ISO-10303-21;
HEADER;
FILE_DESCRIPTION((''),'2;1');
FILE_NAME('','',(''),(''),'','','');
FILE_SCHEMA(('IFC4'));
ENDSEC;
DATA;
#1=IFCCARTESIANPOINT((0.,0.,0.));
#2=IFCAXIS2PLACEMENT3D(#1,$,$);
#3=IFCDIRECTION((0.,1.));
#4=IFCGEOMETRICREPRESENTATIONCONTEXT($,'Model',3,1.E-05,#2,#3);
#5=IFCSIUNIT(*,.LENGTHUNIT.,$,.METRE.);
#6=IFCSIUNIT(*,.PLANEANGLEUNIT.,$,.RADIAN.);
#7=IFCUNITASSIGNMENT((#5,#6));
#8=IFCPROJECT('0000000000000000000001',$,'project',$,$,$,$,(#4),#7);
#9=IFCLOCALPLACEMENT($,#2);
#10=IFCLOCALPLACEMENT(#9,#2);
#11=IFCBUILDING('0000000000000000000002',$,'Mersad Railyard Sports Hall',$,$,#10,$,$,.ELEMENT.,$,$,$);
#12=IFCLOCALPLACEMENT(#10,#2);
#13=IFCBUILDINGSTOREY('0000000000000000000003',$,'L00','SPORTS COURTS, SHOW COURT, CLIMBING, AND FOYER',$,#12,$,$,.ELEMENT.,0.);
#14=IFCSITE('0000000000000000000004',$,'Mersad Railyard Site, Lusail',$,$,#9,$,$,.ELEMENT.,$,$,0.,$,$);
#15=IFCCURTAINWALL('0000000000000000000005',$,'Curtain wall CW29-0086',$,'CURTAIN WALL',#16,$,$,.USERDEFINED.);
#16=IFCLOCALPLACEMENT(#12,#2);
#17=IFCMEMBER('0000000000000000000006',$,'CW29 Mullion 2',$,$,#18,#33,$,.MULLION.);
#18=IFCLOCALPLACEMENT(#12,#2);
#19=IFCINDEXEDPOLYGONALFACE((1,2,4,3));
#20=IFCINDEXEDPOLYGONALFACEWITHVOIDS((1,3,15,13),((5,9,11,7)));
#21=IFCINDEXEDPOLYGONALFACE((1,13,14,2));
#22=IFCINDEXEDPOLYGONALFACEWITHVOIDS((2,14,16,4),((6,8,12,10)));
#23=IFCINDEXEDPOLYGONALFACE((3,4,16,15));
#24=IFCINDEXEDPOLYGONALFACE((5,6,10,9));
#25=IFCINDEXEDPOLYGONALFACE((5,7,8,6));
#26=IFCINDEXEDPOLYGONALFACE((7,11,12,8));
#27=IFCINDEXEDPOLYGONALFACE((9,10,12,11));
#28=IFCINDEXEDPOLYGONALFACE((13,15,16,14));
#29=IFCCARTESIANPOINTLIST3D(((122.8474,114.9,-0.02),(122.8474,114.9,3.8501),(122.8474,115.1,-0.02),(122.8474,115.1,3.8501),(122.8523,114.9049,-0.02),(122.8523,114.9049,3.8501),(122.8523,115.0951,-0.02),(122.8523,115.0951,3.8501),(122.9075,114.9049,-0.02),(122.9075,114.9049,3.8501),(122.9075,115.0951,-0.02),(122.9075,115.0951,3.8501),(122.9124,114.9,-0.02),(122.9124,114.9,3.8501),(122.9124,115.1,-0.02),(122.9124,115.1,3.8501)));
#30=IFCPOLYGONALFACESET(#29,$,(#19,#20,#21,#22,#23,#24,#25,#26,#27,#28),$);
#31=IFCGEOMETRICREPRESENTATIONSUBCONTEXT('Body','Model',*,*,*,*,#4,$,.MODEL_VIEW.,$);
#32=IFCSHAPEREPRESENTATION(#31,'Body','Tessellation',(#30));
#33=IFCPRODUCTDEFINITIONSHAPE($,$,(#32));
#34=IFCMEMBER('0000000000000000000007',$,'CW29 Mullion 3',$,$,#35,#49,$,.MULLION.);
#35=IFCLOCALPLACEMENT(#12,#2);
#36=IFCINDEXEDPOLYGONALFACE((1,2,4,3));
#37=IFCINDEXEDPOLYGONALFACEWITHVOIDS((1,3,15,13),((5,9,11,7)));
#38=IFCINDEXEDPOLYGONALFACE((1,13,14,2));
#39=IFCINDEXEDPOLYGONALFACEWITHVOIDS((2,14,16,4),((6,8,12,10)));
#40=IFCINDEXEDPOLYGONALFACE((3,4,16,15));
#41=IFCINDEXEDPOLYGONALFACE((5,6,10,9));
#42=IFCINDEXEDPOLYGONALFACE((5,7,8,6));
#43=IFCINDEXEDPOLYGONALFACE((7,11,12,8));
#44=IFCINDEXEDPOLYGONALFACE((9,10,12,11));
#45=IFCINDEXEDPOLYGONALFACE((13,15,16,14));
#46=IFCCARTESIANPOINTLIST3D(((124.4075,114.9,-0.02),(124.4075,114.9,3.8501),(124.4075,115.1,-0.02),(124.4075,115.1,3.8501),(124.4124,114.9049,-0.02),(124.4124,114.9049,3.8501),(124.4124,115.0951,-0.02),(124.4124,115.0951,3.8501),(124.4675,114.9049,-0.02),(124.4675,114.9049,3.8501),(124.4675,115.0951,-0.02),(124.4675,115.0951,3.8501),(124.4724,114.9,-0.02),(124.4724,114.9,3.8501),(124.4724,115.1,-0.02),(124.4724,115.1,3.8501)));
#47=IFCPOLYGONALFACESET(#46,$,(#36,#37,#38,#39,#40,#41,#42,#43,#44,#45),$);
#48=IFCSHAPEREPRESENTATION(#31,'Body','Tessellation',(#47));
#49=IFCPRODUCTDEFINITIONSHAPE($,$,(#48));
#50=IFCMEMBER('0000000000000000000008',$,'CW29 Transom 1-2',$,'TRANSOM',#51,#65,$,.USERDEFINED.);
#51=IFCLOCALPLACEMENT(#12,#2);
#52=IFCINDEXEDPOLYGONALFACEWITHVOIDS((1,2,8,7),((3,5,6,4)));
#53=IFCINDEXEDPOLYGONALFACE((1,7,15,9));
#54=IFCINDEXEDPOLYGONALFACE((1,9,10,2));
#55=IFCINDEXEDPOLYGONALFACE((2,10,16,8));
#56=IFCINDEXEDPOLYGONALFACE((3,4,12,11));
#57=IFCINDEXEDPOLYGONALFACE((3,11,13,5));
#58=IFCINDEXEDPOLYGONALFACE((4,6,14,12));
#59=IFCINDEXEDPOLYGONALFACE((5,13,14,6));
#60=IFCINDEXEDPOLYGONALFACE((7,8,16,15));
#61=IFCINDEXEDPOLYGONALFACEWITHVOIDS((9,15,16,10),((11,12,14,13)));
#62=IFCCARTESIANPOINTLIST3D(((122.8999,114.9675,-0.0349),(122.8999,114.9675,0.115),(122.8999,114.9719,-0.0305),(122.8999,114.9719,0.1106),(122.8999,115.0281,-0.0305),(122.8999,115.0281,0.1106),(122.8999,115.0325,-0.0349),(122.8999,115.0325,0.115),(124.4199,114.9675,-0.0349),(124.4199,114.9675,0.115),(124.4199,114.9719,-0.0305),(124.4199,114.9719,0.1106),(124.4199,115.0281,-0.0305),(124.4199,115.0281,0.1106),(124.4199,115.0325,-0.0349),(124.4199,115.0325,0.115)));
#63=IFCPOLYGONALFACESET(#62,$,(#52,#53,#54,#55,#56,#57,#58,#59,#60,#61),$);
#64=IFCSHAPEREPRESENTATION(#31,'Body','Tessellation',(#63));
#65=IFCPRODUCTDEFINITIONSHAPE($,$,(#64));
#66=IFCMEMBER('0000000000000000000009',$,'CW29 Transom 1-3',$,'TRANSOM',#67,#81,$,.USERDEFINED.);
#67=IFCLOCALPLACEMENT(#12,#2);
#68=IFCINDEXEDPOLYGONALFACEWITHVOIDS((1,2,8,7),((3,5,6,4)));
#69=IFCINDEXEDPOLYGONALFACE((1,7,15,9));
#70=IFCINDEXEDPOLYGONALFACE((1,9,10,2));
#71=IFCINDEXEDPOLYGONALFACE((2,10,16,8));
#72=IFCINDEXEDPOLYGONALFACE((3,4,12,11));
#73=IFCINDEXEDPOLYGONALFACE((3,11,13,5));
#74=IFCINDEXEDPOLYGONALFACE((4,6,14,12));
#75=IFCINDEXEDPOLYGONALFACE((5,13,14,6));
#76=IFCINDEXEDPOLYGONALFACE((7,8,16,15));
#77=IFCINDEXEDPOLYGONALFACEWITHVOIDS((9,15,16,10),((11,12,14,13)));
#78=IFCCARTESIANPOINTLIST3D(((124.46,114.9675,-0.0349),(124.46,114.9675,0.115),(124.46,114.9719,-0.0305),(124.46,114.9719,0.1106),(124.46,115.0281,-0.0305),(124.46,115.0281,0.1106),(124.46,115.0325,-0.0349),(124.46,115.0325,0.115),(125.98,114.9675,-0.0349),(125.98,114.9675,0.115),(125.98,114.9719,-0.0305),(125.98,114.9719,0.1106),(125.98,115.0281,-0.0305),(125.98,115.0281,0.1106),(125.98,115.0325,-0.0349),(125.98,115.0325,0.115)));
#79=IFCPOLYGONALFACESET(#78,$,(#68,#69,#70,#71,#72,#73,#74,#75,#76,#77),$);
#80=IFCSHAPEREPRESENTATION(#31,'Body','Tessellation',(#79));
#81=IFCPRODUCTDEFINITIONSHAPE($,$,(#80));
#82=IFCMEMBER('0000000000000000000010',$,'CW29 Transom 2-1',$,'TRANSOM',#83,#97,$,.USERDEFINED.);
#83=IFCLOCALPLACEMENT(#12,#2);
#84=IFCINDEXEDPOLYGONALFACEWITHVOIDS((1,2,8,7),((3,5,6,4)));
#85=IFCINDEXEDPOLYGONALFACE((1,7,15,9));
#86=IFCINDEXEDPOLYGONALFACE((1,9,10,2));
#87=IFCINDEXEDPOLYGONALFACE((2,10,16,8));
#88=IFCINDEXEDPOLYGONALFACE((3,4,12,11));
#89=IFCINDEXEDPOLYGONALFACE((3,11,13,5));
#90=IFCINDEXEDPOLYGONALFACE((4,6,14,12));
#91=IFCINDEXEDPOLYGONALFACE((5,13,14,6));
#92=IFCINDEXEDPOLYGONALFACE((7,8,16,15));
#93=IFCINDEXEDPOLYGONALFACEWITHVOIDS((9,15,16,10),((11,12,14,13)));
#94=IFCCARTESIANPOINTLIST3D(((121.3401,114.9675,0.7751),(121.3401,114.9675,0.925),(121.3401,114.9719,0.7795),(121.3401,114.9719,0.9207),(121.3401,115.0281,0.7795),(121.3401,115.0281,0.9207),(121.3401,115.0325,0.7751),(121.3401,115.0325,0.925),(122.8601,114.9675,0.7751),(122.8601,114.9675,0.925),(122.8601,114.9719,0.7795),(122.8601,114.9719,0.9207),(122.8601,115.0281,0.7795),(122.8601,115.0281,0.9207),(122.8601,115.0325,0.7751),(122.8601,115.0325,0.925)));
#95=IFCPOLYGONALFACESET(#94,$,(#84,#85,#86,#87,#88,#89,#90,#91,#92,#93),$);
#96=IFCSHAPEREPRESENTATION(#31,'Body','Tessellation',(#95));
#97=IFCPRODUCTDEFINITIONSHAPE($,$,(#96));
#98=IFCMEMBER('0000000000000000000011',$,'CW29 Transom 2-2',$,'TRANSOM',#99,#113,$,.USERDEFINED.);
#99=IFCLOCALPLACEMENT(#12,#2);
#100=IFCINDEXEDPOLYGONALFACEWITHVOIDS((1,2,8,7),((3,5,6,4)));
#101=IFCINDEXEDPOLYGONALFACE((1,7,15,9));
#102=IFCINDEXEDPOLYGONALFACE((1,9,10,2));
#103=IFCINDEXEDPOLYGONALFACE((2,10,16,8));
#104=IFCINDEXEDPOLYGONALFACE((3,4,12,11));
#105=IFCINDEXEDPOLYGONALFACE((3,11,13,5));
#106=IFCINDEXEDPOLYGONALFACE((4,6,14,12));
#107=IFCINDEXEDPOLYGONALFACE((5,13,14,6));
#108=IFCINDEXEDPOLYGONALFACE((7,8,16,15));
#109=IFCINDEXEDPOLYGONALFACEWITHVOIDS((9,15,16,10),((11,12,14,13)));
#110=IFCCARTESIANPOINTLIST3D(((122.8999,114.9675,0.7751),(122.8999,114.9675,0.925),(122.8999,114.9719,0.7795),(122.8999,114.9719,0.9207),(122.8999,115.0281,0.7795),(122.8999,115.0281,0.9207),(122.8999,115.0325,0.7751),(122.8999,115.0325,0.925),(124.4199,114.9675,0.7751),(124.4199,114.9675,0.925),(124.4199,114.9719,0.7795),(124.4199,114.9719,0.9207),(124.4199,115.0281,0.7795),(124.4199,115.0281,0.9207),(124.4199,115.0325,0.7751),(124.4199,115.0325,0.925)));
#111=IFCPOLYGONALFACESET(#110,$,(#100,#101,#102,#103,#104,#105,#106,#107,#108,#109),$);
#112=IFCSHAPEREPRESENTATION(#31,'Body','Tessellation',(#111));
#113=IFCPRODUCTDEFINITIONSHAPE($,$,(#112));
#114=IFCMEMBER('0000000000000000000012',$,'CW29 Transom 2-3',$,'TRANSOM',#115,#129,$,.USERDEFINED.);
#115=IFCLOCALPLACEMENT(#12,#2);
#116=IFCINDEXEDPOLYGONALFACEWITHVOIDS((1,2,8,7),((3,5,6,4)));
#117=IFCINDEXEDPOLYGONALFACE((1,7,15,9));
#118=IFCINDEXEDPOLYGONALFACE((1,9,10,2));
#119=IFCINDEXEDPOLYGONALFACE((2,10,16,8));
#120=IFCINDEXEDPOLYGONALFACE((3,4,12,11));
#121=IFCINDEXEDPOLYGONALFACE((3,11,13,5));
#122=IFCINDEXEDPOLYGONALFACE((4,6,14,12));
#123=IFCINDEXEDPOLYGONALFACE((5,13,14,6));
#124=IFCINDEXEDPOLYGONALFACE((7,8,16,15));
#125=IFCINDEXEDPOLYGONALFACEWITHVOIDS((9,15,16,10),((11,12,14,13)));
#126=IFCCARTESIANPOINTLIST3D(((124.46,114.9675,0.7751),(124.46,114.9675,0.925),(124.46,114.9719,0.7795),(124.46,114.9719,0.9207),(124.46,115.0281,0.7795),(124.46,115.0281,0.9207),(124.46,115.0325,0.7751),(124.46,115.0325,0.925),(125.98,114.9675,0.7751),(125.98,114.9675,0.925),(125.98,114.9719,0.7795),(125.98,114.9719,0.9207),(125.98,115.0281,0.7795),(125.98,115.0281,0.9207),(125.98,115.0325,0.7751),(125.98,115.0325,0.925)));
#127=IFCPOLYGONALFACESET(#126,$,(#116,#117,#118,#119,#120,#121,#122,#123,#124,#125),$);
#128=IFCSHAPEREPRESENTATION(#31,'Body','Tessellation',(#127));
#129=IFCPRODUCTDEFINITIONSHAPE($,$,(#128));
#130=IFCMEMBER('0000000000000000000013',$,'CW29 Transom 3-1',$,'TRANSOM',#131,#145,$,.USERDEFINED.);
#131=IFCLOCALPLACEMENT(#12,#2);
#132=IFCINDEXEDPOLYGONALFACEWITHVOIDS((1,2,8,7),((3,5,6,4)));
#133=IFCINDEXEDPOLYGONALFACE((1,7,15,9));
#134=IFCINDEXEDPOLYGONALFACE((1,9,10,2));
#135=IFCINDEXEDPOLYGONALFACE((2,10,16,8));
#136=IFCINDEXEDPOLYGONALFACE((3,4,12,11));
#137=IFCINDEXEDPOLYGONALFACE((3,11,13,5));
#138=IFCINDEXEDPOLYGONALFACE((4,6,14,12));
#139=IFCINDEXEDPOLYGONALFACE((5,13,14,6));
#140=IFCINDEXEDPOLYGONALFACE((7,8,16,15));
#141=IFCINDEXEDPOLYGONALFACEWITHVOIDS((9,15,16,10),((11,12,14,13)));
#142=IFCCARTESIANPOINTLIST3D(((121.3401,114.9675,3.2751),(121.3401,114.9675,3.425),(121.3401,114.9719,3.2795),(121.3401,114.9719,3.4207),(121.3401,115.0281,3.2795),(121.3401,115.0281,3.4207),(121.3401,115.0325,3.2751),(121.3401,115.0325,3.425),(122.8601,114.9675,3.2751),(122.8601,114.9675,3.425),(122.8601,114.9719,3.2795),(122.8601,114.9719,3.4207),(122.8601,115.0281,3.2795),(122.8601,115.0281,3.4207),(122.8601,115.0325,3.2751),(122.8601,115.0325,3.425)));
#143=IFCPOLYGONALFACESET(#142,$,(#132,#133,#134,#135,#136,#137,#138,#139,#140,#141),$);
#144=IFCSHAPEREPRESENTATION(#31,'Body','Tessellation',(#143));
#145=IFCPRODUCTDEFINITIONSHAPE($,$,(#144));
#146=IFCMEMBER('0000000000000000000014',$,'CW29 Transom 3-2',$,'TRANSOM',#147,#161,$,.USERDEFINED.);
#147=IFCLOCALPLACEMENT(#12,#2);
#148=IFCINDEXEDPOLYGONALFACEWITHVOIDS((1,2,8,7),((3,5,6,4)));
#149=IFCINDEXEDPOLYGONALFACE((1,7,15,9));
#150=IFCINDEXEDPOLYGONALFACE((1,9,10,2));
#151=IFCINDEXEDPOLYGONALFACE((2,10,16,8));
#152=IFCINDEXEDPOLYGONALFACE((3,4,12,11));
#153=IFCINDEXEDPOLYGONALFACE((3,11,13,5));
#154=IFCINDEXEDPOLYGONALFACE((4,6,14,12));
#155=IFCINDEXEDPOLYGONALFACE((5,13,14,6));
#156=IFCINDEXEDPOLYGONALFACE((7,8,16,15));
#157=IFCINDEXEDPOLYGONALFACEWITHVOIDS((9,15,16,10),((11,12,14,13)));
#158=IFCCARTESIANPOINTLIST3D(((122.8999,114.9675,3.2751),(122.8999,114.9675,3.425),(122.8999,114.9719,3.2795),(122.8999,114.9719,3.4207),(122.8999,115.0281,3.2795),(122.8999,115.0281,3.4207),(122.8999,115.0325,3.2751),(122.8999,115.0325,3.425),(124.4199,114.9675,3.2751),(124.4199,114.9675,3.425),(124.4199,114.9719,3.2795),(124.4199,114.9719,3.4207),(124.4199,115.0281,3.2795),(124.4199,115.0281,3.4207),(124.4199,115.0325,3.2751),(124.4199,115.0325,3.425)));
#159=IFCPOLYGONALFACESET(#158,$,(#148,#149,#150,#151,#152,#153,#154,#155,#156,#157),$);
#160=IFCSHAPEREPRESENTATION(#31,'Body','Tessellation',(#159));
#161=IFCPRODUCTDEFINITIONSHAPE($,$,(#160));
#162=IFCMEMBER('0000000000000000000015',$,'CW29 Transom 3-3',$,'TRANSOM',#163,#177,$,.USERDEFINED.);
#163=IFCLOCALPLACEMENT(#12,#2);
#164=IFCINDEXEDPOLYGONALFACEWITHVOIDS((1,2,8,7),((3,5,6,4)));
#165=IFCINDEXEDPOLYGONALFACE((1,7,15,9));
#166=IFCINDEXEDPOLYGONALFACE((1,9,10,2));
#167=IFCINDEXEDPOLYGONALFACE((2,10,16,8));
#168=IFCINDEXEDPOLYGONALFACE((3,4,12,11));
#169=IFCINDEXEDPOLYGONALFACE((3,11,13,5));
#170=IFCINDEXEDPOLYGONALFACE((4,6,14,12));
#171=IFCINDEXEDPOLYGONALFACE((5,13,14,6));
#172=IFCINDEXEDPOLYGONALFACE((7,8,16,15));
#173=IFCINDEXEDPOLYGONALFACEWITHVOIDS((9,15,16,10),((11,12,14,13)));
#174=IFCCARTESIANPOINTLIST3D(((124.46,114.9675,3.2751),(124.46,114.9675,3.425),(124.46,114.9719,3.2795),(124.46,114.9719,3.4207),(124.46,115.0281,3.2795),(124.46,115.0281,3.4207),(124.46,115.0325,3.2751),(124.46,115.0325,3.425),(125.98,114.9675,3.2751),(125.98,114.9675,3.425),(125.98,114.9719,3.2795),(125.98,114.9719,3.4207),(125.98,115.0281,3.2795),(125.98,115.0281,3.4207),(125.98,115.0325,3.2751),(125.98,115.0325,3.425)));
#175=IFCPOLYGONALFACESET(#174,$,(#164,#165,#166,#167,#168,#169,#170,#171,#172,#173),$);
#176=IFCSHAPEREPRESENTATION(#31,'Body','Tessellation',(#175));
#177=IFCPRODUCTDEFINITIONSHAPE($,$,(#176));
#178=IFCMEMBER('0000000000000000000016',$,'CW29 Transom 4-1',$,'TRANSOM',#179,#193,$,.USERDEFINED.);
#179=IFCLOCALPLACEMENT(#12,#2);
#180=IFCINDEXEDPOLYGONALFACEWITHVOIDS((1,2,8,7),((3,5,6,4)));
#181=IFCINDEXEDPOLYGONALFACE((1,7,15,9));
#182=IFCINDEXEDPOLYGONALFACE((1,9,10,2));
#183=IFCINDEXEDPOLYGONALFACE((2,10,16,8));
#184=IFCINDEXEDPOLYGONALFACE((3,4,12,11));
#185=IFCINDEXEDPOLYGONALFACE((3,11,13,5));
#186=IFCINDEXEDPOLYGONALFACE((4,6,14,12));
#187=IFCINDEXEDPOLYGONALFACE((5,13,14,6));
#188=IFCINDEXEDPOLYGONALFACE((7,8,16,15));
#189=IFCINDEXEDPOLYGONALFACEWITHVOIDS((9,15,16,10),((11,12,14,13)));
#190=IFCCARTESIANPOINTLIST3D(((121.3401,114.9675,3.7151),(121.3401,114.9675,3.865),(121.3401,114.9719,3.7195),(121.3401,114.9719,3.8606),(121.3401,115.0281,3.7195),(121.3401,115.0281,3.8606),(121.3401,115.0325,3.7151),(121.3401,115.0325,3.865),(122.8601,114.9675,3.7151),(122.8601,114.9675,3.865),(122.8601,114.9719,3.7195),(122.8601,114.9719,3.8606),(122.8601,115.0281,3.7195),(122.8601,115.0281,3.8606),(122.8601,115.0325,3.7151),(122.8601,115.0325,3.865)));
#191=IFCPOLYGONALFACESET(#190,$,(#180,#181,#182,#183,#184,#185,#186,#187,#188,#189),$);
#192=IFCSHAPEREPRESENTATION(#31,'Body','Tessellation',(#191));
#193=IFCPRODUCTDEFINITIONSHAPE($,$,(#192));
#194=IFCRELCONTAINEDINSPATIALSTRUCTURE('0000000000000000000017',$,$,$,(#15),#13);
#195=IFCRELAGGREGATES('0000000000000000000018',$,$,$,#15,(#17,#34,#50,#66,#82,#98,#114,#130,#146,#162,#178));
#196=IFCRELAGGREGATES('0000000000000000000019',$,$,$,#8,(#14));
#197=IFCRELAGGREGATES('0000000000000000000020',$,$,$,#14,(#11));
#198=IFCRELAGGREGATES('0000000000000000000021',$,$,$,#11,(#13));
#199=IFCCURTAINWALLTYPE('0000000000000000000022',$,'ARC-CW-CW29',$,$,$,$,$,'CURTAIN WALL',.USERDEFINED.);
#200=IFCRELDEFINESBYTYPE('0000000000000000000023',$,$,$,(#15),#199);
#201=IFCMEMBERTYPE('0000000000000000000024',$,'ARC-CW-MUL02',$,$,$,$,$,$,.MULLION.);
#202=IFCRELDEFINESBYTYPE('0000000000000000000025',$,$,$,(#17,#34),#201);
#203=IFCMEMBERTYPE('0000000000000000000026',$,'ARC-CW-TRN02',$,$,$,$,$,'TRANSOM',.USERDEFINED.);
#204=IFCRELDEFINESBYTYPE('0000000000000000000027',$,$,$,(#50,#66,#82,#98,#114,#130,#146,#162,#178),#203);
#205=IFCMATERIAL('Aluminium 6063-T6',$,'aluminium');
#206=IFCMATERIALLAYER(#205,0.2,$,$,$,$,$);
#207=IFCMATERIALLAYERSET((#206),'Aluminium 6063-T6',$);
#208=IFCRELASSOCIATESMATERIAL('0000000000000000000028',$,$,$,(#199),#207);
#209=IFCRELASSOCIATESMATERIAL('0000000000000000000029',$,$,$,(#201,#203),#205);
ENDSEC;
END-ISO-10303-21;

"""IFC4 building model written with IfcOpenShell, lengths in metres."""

from ifc_helpers import new_model, si_unit, direction, frame, origin, origin_2d, place, context, subcontext, project, spatial, hollow_rectangle, extrude, material, layer, layer_set, material_profile, profile_set, type_object, element, aggregate, save


model = new_model("IFC4")

# Units and contexts
model_context = context("Model", 3, precision=1e-05, world=origin(), true_north=direction((0.0, 1.0)))
body_context = subcontext(model_context, "Body", "Model", "MODEL_VIEW")
ifc_project = project(units=[si_unit("LENGTHUNIT", "METRE"), si_unit("PLANEANGLEUNIT", "RADIAN")], contexts=[model_context])

# Site, building, storey
site_placement = place(None, origin())
site = spatial("IfcSite", under=ifc_project, at=site_placement, Name="Mersad Railyard Site, Lusail", CompositionType="ELEMENT", RefElevation=0.0)
building_placement = place(site_placement, origin())
building = spatial("IfcBuilding", under=site, at=building_placement, Name="Mersad Railyard Sports Hall", CompositionType="ELEMENT")
storey_placement = place(building_placement, origin())
storey = spatial("IfcBuildingStorey", under=building, at=storey_placement, Name="L00", Description="SPORTS COURTS, SHOW COURT, CLIMBING, AND FOYER", CompositionType="ELEMENT", Elevation=0.0)

# Curtain wall, members
ifc_material_1 = material(Name="Aluminium 6063-T6", Category="aluminium")
ifc_layer_1 = layer(ifc_material_1, 0.2)
ifc_layer_set_1 = layer_set([ifc_layer_1], Name="Aluminium 6063-T6")
curtain_wall_type = type_object("IfcCurtainWallType", Name="ARC-CW-CW29", ElementType="CURTAIN WALL", PredefinedType="USERDEFINED", material=ifc_layer_set_1)
curtain_wall_placement = place(storey_placement, origin())
curtain_wall = element("IfcCurtainWall", 1, at=curtain_wall_placement, inside=storey, type_object=curtain_wall_type, Name="Curtain wall CW29-0086", ObjectType="CURTAIN WALL", PredefinedType="USERDEFINED")
ifc_material_profile_1 = material_profile(ifc_material_1, hollow_rectangle(XDim=0.0649, YDim=0.2, WallThickness=0.0049, at=origin_2d()), Name="AL MULLION 65x200x5")
ifc_profile_set_1 = profile_set([ifc_material_profile_1], Name="Aluminium 6063-T6")
member_type_1 = type_object("IfcMemberType", Name="ARC-CW-MUL02", PredefinedType="MULLION", material=ifc_profile_set_1)
member_1_placement = place(storey_placement, frame((122.8799, 115.0, -0.02), z_axis=(0.0, 0.0, 1.0), x_axis=(1.0, 0.0, 0.0)))
member_1 = element("IfcMember", 2, at=member_1_placement, type_object=member_type_1, Name="CW29 Mullion 2", PredefinedType="MULLION", context=body_context, shape_type="SweptSolid", body=[
    extrude(hollow_rectangle(XDim=0.0649, YDim=0.2, WallThickness=0.0049, at=origin_2d()), origin(), (0.0, 0.0, 1.0), 3.8701),
])
member_2_placement = place(storey_placement, frame((124.4399, 115.0, -0.02), z_axis=(0.0, 0.0, 1.0), x_axis=(1.0, 0.0, 0.0)))
member_2 = element("IfcMember", 3, at=member_2_placement, type_object=member_type_1, Name="CW29 Mullion 3", PredefinedType="MULLION", context=body_context, shape_type="SweptSolid", body=[
    extrude(hollow_rectangle(XDim=0.0649, YDim=0.2, WallThickness=0.0049, at=origin_2d()), origin(), (0.0, 0.0, 1.0), 3.8701),
])
ifc_material_profile_2 = material_profile(ifc_material_1, hollow_rectangle(XDim=0.0649, YDim=0.1499, WallThickness=0.0044, at=origin_2d()), Name="AL TRANSOM 65x150x4.5")
ifc_profile_set_2 = profile_set([ifc_material_profile_2], Name="Aluminium 6063-T6")
member_type_2 = type_object("IfcMemberType", Name="ARC-CW-TRN02", ElementType="TRANSOM", PredefinedType="USERDEFINED", material=ifc_profile_set_2)
member_3_placement = place(storey_placement, frame((122.8999, 115.0, 0.04), z_axis=(1.0, 0.0, 0.0), x_axis=(0.0, 1.0, 0.0)))
member_3 = element("IfcMember", 4, at=member_3_placement, type_object=member_type_2, Name="CW29 Transom 1-2", ObjectType="TRANSOM", PredefinedType="USERDEFINED", context=body_context, shape_type="SweptSolid", body=[
    extrude(hollow_rectangle(XDim=0.0649, YDim=0.1499, WallThickness=0.0044, at=origin_2d()), origin(), (0.0, 0.0, 1.0), 1.52),
])
member_4_placement = place(storey_placement, frame((124.46, 115.0, 0.04), z_axis=(1.0, 0.0, 0.0), x_axis=(0.0, 1.0, 0.0)))
member_4 = element("IfcMember", 5, at=member_4_placement, type_object=member_type_2, Name="CW29 Transom 1-3", ObjectType="TRANSOM", PredefinedType="USERDEFINED", context=body_context, shape_type="SweptSolid", body=[
    extrude(hollow_rectangle(XDim=0.0649, YDim=0.1499, WallThickness=0.0044, at=origin_2d()), origin(), (0.0, 0.0, 1.0), 1.52),
])
member_5_placement = place(storey_placement, frame((121.3401, 115.0, 0.8501), z_axis=(1.0, 0.0, 0.0), x_axis=(0.0, 1.0, 0.0)))
member_5 = element("IfcMember", 6, at=member_5_placement, type_object=member_type_2, Name="CW29 Transom 2-1", ObjectType="TRANSOM", PredefinedType="USERDEFINED", context=body_context, shape_type="SweptSolid", body=[
    extrude(hollow_rectangle(XDim=0.0649, YDim=0.1499, WallThickness=0.0044, at=origin_2d()), origin(), (0.0, 0.0, 1.0), 1.52),
])
member_6_placement = place(storey_placement, frame((122.8999, 115.0, 0.8501), z_axis=(1.0, 0.0, 0.0), x_axis=(0.0, 1.0, 0.0)))
member_6 = element("IfcMember", 7, at=member_6_placement, type_object=member_type_2, Name="CW29 Transom 2-2", ObjectType="TRANSOM", PredefinedType="USERDEFINED", context=body_context, shape_type="SweptSolid", body=[
    extrude(hollow_rectangle(XDim=0.0649, YDim=0.1499, WallThickness=0.0044, at=origin_2d()), origin(), (0.0, 0.0, 1.0), 1.52),
])
member_7_placement = place(storey_placement, frame((124.46, 115.0, 0.8501), z_axis=(1.0, 0.0, 0.0), x_axis=(0.0, 1.0, 0.0)))
member_7 = element("IfcMember", 8, at=member_7_placement, type_object=member_type_2, Name="CW29 Transom 2-3", ObjectType="TRANSOM", PredefinedType="USERDEFINED", context=body_context, shape_type="SweptSolid", body=[
    extrude(hollow_rectangle(XDim=0.0649, YDim=0.1499, WallThickness=0.0044, at=origin_2d()), origin(), (0.0, 0.0, 1.0), 1.52),
])
member_8_placement = place(storey_placement, frame((121.3401, 115.0, 3.3501), z_axis=(1.0, 0.0, 0.0), x_axis=(0.0, 1.0, 0.0)))
member_8 = element("IfcMember", 9, at=member_8_placement, type_object=member_type_2, Name="CW29 Transom 3-1", ObjectType="TRANSOM", PredefinedType="USERDEFINED", context=body_context, shape_type="SweptSolid", body=[
    extrude(hollow_rectangle(XDim=0.0649, YDim=0.1499, WallThickness=0.0044, at=origin_2d()), origin(), (0.0, 0.0, 1.0), 1.52),
])
member_9_placement = place(storey_placement, frame((122.8999, 115.0, 3.3501), z_axis=(1.0, 0.0, 0.0), x_axis=(0.0, 1.0, 0.0)))
member_9 = element("IfcMember", 10, at=member_9_placement, type_object=member_type_2, Name="CW29 Transom 3-2", ObjectType="TRANSOM", PredefinedType="USERDEFINED", context=body_context, shape_type="SweptSolid", body=[
    extrude(hollow_rectangle(XDim=0.0649, YDim=0.1499, WallThickness=0.0044, at=origin_2d()), origin(), (0.0, 0.0, 1.0), 1.52),
])
member_10_placement = place(storey_placement, frame((124.46, 115.0, 3.3501), z_axis=(1.0, 0.0, 0.0), x_axis=(0.0, 1.0, 0.0)))
member_10 = element("IfcMember", 11, at=member_10_placement, type_object=member_type_2, Name="CW29 Transom 3-3", ObjectType="TRANSOM", PredefinedType="USERDEFINED", context=body_context, shape_type="SweptSolid", body=[
    extrude(hollow_rectangle(XDim=0.0649, YDim=0.1499, WallThickness=0.0044, at=origin_2d()), origin(), (0.0, 0.0, 1.0), 1.52),
])
member_11_placement = place(storey_placement, frame((121.3401, 115.0, 3.79), z_axis=(1.0, 0.0, 0.0), x_axis=(0.0, 1.0, 0.0)))
member_11 = element("IfcMember", 12, at=member_11_placement, type_object=member_type_2, Name="CW29 Transom 4-1", ObjectType="TRANSOM", PredefinedType="USERDEFINED", context=body_context, shape_type="SweptSolid", body=[
    extrude(hollow_rectangle(XDim=0.0649, YDim=0.1499, WallThickness=0.0044, at=origin_2d()), origin(), (0.0, 0.0, 1.0), 1.52),
])
aggregate(curtain_wall, [member_1, member_2, member_3, member_4, member_5, member_6, member_7, member_8, member_9, member_10, member_11])

save(model, "model.ifc")
